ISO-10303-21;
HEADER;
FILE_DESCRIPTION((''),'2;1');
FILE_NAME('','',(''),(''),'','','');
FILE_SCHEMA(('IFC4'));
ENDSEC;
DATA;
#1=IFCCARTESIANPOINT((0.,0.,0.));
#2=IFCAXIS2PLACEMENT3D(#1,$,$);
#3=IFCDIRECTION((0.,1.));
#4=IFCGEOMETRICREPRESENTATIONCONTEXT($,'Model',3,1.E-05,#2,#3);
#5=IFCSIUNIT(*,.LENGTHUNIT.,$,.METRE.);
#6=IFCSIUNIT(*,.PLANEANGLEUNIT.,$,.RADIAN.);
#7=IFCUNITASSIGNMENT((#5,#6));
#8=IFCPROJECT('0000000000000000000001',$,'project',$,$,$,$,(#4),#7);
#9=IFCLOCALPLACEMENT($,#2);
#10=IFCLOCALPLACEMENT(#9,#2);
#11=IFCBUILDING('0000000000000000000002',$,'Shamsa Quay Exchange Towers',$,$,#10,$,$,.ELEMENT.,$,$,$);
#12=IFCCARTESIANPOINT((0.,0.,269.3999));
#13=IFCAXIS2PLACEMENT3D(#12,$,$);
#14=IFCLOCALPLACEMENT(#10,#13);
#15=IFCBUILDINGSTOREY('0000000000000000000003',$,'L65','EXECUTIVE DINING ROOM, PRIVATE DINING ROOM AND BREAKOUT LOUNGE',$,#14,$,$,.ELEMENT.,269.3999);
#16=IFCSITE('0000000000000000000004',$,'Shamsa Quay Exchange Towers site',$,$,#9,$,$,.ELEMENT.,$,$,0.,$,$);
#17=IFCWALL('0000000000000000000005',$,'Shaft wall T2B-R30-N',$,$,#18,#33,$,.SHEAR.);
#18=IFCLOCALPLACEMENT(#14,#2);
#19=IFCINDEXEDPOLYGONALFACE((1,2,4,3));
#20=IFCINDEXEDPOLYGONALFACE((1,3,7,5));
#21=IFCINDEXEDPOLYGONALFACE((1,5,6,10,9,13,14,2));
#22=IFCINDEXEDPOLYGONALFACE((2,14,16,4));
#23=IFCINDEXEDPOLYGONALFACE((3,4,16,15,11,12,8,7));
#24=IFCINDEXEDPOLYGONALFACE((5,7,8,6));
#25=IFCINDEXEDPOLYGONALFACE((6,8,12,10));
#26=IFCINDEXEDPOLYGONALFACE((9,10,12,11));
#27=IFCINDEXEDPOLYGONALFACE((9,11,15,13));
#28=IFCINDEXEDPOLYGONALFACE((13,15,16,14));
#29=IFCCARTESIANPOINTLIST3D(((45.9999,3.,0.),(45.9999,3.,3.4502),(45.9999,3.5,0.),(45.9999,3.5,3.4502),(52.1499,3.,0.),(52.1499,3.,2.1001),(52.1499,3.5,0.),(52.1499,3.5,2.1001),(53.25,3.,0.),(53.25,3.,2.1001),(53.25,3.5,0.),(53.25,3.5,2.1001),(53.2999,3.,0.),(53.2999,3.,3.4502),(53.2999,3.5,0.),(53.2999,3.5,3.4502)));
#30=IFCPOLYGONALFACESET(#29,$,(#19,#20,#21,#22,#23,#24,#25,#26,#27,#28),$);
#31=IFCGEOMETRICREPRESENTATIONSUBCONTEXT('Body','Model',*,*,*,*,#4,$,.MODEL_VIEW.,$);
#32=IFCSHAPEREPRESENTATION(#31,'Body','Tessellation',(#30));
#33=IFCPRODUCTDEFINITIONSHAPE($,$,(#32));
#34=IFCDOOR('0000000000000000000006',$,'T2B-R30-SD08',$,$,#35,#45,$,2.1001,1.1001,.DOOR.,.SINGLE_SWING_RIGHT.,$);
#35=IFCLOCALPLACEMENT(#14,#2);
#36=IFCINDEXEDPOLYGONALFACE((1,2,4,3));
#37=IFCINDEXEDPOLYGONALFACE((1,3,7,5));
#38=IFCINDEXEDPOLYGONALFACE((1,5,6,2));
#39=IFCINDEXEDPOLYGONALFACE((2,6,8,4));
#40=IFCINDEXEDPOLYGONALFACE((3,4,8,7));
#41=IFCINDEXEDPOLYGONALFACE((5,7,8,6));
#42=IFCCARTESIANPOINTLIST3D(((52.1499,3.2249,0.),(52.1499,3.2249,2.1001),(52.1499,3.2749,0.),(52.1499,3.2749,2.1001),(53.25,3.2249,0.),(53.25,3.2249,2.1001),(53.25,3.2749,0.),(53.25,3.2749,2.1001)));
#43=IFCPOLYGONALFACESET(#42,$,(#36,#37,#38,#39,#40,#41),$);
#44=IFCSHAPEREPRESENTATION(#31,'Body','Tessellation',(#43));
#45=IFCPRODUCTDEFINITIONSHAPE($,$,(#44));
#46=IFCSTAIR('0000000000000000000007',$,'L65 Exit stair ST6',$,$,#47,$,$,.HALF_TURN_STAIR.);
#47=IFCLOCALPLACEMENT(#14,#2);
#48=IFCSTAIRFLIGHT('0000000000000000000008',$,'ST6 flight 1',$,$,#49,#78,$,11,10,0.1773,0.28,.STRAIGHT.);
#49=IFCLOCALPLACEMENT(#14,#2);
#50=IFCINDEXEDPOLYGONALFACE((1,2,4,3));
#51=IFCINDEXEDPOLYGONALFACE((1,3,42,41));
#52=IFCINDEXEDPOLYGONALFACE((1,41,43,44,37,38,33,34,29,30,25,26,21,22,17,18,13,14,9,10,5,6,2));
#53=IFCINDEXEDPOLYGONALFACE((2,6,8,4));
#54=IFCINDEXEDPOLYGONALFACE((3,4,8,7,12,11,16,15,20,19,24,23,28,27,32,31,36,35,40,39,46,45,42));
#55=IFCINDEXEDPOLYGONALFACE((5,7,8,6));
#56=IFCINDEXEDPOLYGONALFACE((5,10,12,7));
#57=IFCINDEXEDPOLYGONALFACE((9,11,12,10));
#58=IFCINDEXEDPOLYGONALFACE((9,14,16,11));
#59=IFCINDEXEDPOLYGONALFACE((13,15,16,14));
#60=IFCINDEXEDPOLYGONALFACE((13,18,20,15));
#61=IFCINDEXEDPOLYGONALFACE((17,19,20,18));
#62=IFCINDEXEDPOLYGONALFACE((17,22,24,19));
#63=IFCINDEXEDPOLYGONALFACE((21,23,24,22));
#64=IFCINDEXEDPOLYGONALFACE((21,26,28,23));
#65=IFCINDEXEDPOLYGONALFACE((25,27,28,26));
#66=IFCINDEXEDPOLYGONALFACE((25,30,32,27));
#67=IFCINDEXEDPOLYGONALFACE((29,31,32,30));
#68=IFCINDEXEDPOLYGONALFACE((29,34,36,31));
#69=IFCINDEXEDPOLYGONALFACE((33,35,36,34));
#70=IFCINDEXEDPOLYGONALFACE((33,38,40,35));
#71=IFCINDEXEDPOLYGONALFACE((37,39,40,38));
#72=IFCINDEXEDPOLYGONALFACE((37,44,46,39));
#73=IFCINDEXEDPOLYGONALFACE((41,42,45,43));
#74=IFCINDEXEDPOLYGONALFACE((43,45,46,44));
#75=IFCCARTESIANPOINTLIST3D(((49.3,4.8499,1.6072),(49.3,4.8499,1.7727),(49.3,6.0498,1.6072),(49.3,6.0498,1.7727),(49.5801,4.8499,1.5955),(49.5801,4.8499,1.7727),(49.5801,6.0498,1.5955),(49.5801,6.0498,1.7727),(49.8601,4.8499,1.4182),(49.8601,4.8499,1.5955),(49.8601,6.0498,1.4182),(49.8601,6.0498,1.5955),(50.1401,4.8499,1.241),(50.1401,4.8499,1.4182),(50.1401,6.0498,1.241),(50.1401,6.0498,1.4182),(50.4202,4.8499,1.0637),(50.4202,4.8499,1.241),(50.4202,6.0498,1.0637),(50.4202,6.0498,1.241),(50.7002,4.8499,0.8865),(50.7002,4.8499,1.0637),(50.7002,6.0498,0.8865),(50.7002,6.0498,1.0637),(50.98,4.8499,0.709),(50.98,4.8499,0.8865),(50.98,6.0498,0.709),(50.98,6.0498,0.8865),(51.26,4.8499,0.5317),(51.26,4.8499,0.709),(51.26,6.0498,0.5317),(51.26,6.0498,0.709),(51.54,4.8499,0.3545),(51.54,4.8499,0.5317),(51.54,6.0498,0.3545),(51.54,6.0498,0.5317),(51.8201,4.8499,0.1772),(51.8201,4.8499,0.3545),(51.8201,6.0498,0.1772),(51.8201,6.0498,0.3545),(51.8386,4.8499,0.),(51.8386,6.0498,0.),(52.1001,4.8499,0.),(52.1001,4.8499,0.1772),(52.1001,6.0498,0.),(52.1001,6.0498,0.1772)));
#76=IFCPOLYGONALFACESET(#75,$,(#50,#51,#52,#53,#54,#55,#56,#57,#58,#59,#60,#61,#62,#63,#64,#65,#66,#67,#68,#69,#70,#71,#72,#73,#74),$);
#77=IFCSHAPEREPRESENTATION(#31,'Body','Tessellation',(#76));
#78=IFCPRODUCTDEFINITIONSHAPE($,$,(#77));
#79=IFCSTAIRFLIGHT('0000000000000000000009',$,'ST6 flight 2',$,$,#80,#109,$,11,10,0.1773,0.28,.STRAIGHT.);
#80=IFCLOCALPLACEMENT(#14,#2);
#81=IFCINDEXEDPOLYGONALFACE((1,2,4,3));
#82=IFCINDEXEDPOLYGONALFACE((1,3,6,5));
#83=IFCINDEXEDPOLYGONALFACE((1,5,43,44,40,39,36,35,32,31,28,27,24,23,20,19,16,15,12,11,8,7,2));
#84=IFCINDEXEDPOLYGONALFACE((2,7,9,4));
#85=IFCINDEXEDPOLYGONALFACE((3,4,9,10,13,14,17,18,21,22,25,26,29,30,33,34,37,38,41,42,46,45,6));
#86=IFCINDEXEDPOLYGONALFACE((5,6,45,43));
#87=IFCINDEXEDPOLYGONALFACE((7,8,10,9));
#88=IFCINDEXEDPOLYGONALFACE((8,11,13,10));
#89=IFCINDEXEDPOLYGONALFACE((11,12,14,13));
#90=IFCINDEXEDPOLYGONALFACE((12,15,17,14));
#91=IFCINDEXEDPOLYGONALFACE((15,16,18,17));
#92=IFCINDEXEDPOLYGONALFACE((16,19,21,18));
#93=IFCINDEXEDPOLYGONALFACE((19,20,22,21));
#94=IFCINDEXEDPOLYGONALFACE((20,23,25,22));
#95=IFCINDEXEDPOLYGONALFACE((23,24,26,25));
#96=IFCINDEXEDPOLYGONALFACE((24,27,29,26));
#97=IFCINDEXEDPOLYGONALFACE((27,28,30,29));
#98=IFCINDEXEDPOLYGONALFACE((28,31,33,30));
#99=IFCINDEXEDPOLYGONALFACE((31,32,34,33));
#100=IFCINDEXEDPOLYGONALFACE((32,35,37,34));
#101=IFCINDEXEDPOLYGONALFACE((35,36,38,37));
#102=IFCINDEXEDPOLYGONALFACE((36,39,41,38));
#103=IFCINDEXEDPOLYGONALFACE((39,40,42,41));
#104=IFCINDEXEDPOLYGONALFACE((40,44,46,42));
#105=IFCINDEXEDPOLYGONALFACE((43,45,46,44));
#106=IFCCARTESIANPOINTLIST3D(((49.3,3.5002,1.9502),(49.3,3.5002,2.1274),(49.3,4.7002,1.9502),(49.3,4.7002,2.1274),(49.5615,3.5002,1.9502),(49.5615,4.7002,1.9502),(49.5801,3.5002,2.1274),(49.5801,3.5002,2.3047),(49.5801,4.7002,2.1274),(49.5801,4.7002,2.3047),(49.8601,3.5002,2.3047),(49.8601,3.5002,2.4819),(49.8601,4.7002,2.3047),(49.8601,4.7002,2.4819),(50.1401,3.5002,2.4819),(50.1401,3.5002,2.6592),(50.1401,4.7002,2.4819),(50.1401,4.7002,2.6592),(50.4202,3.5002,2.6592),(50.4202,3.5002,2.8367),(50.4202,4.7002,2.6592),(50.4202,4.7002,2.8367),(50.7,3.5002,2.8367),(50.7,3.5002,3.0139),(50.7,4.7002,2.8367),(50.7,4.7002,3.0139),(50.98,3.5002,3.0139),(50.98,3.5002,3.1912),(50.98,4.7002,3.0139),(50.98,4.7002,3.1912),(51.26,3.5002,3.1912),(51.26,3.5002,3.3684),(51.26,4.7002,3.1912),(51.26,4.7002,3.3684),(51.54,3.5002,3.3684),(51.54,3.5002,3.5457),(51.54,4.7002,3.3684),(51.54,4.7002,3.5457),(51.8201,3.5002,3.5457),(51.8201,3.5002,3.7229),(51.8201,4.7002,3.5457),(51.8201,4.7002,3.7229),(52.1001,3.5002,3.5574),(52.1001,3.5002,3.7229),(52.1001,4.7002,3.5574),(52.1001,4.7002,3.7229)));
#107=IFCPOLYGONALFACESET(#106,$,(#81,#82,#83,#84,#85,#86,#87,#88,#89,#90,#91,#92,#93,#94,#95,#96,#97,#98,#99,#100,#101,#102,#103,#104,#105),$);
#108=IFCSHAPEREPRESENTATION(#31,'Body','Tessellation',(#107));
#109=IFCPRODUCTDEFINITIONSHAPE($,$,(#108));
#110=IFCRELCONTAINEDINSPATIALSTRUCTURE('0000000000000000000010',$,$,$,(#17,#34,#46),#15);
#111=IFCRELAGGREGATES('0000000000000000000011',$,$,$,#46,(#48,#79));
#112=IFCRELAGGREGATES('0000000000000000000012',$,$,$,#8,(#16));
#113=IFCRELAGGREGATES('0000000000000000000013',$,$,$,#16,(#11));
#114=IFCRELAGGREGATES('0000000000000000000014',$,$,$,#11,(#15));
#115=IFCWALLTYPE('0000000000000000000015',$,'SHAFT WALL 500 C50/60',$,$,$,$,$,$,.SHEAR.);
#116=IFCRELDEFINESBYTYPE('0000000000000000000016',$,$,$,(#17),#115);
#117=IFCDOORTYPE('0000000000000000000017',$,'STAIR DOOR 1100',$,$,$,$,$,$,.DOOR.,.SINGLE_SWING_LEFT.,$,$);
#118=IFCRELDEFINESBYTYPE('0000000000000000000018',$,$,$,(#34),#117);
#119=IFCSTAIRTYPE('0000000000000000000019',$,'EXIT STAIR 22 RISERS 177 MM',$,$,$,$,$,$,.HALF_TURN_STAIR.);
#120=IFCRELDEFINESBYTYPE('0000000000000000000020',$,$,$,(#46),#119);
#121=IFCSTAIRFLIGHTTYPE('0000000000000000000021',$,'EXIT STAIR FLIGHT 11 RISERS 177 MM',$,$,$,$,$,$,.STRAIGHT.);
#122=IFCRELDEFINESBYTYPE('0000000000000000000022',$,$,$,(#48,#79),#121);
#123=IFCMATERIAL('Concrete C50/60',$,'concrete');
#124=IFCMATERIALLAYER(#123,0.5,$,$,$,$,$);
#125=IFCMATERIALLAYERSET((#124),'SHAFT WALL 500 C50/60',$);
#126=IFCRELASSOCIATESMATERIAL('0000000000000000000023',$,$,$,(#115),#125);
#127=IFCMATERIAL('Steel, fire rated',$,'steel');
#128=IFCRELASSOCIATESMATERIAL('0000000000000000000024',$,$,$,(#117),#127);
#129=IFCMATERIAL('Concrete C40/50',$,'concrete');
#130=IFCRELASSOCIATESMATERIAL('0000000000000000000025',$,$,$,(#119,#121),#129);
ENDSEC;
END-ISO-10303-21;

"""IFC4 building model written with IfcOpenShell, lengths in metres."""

from ifc_helpers import new_model, si_unit, direction, frame, frame_2d, origin, place, context, subcontext, project, spatial, polyline, rectangle, outline, extrude, material, layer, layer_set, type_object, element, fill, aggregate, save


model = new_model("IFC4")

# Units and contexts
model_context = context("Model", 3, precision=1e-05, world=origin(), true_north=direction((0.0, 1.0)))
body_context = subcontext(model_context, "Body", "Model", "MODEL_VIEW")
ifc_project = project(units=[si_unit("LENGTHUNIT", "METRE"), si_unit("PLANEANGLEUNIT", "RADIAN")], contexts=[model_context])

# Site, building, storey
site_placement = place(None, origin())
site = spatial("IfcSite", under=ifc_project, at=site_placement, Name="Shamsa Quay Exchange Towers site", CompositionType="ELEMENT", RefElevation=0.0)
building_placement = place(site_placement, origin())
building = spatial("IfcBuilding", under=site, at=building_placement, Name="Shamsa Quay Exchange Towers", CompositionType="ELEMENT")
storey_placement = place(building_placement, frame((0.0, 0.0, 269.3999)))
storey = spatial("IfcBuildingStorey", under=building, at=storey_placement, Name="L65", Description="EXECUTIVE DINING ROOM, PRIVATE DINING ROOM AND BREAKOUT LOUNGE", CompositionType="ELEMENT", Elevation=269.3999)

# Shared definitions
ifc_material_1 = material(Name="Concrete C50/60", Category="concrete")

# Wall, opening, door
ifc_layer_1 = layer(ifc_material_1, 0.5)
ifc_layer_set_1 = layer_set([ifc_layer_1], Name="SHAFT WALL 500 C50/60")
wall_type_1 = type_object("IfcWallType", Name="SHAFT WALL 500 C50/60", PredefinedType="SHEAR", material=ifc_layer_set_1)
wall_1_placement = place(storey_placement, frame((46.0, 3.25, 0.0)))
wall_1 = element("IfcWall", 1, at=wall_1_placement, inside=storey, type_object=wall_type_1, Name="Shaft wall T2B-R30-N", PredefinedType="SHEAR", context=body_context, shape_type="SweptSolid", body=[
    extrude(rectangle(XDim=7.3, YDim=0.5, at=frame_2d((3.6499, 0.0))), origin(), (0.0, 0.0, 1.0), 3.4502),
])
opening_placement = place(wall_1_placement, frame((6.1499, 0.0, 0.0)))
opening = element("IfcOpeningElement", 2, at=opening_placement, cuts=wall_1, PredefinedType="OPENING", context=body_context, shape_type="SweptSolid", body=[
    extrude(rectangle(XDim=1.1001, YDim=2.1001, at=frame_2d((0.55, 1.05))), frame((0.0, 0.26, 0.0), z_axis=(0.0, -1.0, 0.0), x_axis=(1.0, 0.0, 0.0)), (0.0, 0.0, 1.0), 0.52),
])
ifc_material_2 = material(Name="Steel, fire rated", Category="steel")
door_type = type_object("IfcDoorType", Name="STAIR DOOR 1100", OperationType="SINGLE_SWING_LEFT", PredefinedType="DOOR", material=ifc_material_2)
door_placement = place(opening_placement, origin())
door = element("IfcDoor", 3, at=door_placement, inside=storey, type_object=door_type, Name="T2B-R30-SD08", OperationType="SINGLE_SWING_RIGHT", OverallHeight=2.1001, OverallWidth=1.1001, PredefinedType="DOOR", context=body_context, shape_type="SweptSolid", body=[
    extrude(rectangle(XDim=1.1001, YDim=2.1001, at=frame_2d((0.55, 1.05))), frame((0.0, 0.0249, 0.0), z_axis=(0.0, -1.0, 0.0), x_axis=(1.0, 0.0, 0.0)), (0.0, 0.0, 1.0), 0.05),
])
fill(opening, door)

# Stair, stair flights
ifc_material_3 = material(Name="Concrete C40/50", Category="concrete")
stair_type = type_object("IfcStairType", Name="EXIT STAIR 22 RISERS 177 MM", PredefinedType="HALF_TURN_STAIR", material=ifc_material_3)
stair_placement = place(storey_placement, origin())
stair = element("IfcStair", 4, at=stair_placement, inside=storey, type_object=stair_type, Name="L65 Exit stair ST6", PredefinedType="HALF_TURN_STAIR")
stair_flight_type = type_object("IfcStairFlightType", Name="EXIT STAIR FLIGHT 11 RISERS 177 MM", PredefinedType="STRAIGHT", material=ifc_material_3)
stair_flight_1_placement = place(storey_placement, frame((52.1001, 5.45, 0.0), z_axis=(0.0, 0.0, 1.0), x_axis=(-1.0, 0.0, 0.0)))
stair_flight_1 = element("IfcStairFlight", 5, at=stair_flight_1_placement, type_object=stair_flight_type, Name="ST6 flight 1", NumberOfRisers=11, NumberOfTreads=10, PredefinedType="STRAIGHT", RiserHeight=0.1773, TreadLength=0.28, context=body_context, shape_type="SweptSolid", body=[
    extrude(outline(polyline([(0.0, 0.0), (0.0, 0.1772), (0.28, 0.1772), (0.28, 0.3545), (0.5601, 0.3545), (0.5601, 0.5317), (0.8401, 0.5317), (0.8401, 0.709), (1.1201, 0.709), (1.1201, 0.8865), (1.3999, 0.8865), (1.3999, 1.0637), (1.6799, 1.0637), (1.6799, 1.241), (1.96, 1.241), (1.96, 1.4182), (2.24, 1.4182), (2.24, 1.5955), (2.52, 1.5955), (2.52, 1.7727), (2.8, 1.7727), (2.8, 1.95), (2.8, 1.6072), (0.2615, 0.0), (0.0, 0.0)])), frame((0.0, 0.6001, 0.0), z_axis=(0.0, -1.0, 0.0), x_axis=(1.0, 0.0, 0.0)), (0.0, 0.0, 1.0), 1.2),
])
stair_flight_2_placement = place(storey_placement, frame((49.3, 4.1001, 1.9502)))
stair_flight_2 = element("IfcStairFlight", 6, at=stair_flight_2_placement, type_object=stair_flight_type, Name="ST6 flight 2", NumberOfRisers=11, NumberOfTreads=10, PredefinedType="STRAIGHT", RiserHeight=0.1773, TreadLength=0.28, context=body_context, shape_type="SweptSolid", body=[
    extrude(outline(polyline([(0.0, 0.0), (0.0, 0.1772), (0.28, 0.1772), (0.28, 0.3545), (0.5601, 0.3545), (0.5601, 0.5317), (0.8401, 0.5317), (0.8401, 0.709), (1.1201, 0.709), (1.1201, 0.8865), (1.3999, 0.8865), (1.3999, 1.0637), (1.6799, 1.0637), (1.6799, 1.241), (1.96, 1.241), (1.96, 1.4182), (2.24, 1.4182), (2.24, 1.5955), (2.52, 1.5955), (2.52, 1.7727), (2.8, 1.7727), (2.8, 1.95), (2.8, 1.6072), (0.2615, 0.0), (0.0, 0.0)])), frame((0.0, 0.6001, 0.0), z_axis=(0.0, -1.0, 0.0), x_axis=(1.0, 0.0, 0.0)), (0.0, 0.0, 1.0), 1.2),
])
aggregate(stair, [stair_flight_1, stair_flight_2])

save(model, "model.ifc")
